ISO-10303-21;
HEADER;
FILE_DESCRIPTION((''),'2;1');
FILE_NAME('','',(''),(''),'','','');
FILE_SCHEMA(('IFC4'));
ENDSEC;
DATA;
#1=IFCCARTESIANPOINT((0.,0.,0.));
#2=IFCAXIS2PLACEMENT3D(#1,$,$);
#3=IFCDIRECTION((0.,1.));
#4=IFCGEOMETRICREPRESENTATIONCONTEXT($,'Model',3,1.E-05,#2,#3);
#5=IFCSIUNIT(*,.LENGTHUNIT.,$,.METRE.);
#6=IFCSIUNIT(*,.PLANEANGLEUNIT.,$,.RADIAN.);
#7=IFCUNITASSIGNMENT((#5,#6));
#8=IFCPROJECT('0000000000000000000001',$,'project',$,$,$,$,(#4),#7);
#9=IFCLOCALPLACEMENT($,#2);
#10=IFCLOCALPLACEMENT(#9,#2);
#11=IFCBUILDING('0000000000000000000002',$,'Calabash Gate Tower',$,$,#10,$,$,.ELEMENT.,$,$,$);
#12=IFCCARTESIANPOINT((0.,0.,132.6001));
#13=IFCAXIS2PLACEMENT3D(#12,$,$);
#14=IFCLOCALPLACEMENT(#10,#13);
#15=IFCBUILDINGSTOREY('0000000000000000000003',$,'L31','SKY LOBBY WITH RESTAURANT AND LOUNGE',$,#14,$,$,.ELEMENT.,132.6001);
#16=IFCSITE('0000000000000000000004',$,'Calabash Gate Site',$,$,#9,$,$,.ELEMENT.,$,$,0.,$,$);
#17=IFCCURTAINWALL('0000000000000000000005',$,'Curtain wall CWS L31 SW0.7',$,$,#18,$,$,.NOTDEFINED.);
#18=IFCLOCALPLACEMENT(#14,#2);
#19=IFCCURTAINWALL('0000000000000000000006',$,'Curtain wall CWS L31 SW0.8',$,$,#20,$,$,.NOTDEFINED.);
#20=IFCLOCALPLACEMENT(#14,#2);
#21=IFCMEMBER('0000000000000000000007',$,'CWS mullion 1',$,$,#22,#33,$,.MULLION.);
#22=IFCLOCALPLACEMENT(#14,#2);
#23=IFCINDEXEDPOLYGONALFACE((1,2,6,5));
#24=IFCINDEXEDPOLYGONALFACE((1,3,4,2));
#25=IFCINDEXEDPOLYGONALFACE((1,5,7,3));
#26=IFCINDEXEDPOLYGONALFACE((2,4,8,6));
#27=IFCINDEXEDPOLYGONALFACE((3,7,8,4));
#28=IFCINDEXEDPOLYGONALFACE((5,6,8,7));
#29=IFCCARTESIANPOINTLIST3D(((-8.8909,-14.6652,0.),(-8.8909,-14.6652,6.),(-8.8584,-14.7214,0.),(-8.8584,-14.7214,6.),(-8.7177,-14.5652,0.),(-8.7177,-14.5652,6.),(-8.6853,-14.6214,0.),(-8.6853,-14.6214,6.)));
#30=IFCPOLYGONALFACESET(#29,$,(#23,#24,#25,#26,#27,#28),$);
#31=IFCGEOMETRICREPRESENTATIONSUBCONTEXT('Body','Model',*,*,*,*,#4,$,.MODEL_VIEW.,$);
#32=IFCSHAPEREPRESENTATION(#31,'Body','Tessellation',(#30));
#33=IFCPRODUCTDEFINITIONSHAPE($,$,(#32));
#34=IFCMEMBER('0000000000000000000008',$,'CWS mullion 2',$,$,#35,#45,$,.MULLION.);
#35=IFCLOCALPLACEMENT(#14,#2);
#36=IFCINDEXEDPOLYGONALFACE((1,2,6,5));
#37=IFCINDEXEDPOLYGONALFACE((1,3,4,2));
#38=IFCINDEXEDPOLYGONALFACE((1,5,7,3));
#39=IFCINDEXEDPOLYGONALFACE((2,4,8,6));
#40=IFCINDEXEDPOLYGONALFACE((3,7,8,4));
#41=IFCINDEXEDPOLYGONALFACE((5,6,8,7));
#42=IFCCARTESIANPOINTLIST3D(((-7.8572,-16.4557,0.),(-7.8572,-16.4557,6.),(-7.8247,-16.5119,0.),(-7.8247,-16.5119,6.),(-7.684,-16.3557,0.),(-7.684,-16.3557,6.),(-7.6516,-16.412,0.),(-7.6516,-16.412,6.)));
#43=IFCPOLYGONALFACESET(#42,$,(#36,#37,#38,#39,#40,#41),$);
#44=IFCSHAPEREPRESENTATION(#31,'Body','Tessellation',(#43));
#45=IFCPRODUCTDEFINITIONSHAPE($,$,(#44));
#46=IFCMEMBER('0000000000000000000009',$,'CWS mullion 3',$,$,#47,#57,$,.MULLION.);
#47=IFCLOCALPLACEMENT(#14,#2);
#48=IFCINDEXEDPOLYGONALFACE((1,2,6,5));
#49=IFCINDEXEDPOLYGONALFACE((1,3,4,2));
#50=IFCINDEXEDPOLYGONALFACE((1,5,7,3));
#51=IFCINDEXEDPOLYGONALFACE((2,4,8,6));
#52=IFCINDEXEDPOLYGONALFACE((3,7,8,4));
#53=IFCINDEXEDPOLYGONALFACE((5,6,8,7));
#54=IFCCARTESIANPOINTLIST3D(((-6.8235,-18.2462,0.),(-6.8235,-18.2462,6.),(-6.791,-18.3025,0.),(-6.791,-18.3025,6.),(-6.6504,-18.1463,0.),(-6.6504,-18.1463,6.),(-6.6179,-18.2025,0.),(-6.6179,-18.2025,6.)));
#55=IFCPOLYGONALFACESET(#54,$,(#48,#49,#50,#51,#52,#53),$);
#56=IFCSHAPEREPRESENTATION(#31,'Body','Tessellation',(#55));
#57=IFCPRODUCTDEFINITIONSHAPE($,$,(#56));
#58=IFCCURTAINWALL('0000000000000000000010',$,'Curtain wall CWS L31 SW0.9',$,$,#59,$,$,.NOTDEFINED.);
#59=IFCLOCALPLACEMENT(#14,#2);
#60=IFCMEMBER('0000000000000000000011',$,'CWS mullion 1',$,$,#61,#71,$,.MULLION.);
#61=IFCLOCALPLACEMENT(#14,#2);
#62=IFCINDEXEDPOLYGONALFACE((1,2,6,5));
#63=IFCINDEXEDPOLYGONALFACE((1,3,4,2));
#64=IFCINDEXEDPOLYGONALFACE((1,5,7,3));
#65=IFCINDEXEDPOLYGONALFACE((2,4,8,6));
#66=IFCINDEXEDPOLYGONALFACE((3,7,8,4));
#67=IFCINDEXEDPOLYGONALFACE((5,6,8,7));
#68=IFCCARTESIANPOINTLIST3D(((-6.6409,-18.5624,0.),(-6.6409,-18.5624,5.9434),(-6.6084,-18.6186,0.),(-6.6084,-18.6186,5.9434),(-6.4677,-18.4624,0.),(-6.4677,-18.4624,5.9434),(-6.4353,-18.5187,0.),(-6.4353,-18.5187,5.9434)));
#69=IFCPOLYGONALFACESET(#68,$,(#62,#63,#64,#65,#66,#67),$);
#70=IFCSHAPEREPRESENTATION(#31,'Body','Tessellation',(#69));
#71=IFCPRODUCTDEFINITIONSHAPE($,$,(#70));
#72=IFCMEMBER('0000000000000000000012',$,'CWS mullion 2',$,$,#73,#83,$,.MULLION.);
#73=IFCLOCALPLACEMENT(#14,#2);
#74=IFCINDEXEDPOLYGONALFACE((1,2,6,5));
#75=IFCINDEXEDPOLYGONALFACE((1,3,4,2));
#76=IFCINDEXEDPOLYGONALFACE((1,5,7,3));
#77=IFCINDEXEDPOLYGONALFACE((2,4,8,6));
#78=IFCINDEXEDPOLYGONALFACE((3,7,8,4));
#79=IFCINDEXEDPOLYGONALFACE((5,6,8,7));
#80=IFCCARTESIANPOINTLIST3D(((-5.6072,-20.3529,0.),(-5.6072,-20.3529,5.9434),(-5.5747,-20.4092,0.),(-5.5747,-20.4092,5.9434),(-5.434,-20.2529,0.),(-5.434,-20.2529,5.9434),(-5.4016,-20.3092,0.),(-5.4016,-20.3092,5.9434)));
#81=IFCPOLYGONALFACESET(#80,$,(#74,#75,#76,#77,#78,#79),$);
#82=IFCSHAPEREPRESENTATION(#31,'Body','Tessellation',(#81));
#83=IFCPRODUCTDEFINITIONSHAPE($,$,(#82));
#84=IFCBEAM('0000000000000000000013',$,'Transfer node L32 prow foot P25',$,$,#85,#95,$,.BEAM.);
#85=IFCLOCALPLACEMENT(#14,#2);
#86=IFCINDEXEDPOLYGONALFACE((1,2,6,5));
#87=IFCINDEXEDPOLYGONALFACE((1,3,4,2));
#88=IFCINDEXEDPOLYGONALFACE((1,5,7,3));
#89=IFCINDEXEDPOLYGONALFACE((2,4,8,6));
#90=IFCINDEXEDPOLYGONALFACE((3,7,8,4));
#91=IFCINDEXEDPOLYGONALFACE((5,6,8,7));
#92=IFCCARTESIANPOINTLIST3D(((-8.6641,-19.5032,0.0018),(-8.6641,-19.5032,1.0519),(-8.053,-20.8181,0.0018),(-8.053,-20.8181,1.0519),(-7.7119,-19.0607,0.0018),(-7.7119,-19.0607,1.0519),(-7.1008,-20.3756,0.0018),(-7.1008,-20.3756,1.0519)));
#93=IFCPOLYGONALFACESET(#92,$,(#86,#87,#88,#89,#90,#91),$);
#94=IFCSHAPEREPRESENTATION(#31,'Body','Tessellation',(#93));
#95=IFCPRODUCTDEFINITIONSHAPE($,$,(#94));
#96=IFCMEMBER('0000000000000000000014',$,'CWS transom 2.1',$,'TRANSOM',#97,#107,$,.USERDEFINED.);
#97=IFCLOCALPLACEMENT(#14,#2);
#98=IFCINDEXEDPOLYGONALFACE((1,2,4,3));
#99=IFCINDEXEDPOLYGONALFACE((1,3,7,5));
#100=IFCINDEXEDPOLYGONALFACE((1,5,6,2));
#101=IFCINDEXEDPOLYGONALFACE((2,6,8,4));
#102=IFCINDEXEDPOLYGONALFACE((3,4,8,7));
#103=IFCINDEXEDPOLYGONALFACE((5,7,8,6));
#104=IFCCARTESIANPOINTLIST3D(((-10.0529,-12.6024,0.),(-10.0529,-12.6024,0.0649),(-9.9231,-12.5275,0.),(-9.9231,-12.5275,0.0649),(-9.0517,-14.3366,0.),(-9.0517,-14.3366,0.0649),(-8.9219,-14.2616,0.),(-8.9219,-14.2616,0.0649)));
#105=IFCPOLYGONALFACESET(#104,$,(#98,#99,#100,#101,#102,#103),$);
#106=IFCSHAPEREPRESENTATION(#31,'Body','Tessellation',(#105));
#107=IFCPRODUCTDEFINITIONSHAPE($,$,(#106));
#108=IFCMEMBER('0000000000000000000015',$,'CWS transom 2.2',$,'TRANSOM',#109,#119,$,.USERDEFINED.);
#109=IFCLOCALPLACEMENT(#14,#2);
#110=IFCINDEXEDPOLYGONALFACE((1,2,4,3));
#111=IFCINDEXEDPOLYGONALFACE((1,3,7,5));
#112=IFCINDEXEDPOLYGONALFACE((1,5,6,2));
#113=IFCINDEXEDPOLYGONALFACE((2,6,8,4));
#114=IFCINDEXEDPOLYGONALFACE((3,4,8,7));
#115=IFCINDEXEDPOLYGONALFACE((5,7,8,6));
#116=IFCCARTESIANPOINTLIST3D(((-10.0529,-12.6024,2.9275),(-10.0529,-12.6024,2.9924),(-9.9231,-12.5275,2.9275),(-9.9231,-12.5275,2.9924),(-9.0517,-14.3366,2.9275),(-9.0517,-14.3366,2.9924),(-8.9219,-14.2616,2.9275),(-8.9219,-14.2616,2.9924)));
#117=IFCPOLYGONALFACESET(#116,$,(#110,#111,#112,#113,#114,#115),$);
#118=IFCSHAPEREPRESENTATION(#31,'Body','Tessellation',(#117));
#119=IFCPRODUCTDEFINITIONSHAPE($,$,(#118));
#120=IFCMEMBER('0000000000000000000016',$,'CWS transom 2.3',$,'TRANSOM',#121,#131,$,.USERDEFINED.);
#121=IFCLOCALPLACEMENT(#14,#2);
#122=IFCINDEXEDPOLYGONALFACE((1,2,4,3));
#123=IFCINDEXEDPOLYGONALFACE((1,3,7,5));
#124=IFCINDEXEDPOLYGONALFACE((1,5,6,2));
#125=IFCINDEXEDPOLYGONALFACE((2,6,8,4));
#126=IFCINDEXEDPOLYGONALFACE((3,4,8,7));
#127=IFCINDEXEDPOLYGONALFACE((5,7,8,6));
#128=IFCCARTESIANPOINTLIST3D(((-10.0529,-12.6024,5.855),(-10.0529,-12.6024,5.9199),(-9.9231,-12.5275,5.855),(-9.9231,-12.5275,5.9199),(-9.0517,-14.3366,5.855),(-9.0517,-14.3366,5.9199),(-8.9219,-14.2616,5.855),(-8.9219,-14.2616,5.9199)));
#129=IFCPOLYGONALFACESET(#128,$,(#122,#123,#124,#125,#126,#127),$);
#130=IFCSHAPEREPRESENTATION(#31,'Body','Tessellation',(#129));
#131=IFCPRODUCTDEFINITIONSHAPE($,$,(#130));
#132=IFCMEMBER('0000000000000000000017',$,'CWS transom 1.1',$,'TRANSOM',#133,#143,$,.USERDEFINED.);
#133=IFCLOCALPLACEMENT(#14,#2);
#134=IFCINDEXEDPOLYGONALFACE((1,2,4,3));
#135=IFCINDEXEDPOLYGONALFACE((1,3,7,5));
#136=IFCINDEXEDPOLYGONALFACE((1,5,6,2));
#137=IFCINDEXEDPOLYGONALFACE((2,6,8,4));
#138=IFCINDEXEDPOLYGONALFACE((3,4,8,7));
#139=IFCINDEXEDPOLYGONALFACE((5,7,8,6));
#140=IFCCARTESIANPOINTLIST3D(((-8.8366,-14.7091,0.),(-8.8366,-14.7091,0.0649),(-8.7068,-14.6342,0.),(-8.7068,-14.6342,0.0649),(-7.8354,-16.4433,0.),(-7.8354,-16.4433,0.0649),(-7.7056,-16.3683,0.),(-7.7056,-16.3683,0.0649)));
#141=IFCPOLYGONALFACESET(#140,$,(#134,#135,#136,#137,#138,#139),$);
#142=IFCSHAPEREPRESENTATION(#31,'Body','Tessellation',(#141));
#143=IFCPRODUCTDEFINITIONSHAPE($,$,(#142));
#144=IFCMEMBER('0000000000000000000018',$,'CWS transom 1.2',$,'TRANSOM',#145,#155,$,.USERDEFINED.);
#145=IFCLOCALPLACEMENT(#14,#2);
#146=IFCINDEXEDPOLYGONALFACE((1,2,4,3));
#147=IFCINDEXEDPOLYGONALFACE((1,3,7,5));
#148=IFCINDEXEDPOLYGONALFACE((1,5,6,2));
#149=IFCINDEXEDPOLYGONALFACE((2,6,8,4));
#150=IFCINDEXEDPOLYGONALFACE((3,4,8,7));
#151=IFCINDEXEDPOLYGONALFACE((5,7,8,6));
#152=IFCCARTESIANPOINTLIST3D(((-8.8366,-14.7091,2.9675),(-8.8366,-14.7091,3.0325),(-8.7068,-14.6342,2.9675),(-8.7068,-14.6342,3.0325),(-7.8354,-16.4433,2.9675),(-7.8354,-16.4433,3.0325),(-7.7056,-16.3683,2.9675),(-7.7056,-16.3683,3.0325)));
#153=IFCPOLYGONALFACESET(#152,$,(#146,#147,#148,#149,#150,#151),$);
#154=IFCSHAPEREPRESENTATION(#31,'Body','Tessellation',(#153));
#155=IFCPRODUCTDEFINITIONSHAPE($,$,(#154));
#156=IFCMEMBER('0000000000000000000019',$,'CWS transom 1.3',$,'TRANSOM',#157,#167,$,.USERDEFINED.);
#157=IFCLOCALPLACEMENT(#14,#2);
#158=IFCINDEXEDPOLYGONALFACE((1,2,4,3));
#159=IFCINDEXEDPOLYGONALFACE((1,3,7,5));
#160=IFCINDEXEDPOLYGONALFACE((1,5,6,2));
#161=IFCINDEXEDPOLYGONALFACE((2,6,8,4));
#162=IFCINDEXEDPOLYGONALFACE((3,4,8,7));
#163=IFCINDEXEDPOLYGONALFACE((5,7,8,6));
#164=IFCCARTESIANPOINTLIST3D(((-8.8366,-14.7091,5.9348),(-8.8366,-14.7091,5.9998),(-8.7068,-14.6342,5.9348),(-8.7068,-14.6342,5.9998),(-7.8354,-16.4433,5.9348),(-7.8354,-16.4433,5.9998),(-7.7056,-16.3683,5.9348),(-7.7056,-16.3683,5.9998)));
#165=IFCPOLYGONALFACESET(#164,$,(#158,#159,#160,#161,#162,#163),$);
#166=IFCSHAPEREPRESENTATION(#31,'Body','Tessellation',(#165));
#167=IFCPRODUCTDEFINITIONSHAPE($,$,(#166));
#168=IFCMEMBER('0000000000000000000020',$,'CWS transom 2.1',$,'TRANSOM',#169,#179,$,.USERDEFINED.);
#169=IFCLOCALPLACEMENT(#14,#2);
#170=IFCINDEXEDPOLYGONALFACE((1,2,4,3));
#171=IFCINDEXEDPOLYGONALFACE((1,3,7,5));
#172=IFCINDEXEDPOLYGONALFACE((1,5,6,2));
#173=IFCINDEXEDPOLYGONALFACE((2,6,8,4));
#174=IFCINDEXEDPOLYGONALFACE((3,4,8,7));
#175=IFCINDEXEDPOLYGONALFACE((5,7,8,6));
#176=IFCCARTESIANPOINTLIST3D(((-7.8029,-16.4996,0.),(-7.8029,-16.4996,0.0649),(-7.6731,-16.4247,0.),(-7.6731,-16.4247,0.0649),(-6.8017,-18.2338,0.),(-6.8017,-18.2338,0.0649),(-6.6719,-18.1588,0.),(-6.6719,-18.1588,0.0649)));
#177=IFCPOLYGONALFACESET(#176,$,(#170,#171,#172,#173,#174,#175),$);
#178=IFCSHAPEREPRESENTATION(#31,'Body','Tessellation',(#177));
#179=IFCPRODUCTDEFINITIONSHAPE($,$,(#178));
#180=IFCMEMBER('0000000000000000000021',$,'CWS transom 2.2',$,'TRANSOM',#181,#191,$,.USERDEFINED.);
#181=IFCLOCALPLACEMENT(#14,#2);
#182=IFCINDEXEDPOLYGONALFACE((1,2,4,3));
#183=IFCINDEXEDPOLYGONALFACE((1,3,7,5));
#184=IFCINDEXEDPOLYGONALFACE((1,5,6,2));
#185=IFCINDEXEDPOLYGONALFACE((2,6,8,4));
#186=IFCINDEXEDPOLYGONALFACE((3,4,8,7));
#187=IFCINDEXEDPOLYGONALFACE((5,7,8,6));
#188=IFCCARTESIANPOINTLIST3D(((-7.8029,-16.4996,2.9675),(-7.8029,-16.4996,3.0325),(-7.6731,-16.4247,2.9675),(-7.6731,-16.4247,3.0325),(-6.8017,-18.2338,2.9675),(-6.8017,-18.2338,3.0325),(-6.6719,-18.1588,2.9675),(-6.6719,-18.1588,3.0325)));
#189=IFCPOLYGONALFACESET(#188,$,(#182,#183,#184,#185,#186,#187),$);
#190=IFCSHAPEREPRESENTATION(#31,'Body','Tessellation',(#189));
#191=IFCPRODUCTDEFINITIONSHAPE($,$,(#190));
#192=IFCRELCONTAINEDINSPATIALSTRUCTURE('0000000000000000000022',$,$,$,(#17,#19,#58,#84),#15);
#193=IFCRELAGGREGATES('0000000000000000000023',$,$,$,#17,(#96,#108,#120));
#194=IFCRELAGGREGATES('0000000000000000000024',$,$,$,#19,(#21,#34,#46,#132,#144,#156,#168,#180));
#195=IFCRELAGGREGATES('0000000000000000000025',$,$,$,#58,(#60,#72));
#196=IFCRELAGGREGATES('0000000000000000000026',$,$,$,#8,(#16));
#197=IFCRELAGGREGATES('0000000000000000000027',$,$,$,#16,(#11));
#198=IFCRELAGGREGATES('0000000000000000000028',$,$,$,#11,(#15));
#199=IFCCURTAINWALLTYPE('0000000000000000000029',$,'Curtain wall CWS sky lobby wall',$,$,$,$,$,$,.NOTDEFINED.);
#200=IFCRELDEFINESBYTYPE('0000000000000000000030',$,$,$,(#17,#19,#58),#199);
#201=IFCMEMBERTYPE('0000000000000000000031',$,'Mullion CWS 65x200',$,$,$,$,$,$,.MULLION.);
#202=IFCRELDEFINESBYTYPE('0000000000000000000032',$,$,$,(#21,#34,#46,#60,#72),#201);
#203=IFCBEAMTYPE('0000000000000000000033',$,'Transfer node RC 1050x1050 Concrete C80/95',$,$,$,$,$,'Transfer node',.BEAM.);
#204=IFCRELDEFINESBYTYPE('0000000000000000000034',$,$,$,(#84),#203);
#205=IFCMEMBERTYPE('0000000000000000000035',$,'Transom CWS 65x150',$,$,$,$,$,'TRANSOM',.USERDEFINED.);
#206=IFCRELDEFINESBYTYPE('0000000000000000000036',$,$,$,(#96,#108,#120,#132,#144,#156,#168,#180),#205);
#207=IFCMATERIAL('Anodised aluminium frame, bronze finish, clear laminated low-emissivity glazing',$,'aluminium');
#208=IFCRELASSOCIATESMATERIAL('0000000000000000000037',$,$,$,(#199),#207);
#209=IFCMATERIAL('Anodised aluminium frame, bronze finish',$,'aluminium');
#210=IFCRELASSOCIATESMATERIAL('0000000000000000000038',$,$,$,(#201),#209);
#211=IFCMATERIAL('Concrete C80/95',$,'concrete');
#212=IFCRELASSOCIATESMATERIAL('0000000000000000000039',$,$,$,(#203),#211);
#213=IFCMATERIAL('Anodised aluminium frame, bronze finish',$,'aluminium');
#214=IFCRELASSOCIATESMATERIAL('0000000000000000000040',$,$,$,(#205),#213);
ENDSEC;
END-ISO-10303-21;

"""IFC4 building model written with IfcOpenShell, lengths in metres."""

from ifc_helpers import new_model, si_unit, direction, frame, origin, origin_2d, place, context, subcontext, project, spatial, rectangle, extrude, material, material_profile, profile_set, type_object, element, aggregate, save


model = new_model("IFC4")

# Units and contexts
model_context = context("Model", 3, precision=1e-05, world=origin(), true_north=direction((0.0, 1.0)))
body_context = subcontext(model_context, "Body", "Model", "MODEL_VIEW")
ifc_project = project(units=[si_unit("LENGTHUNIT", "METRE"), si_unit("PLANEANGLEUNIT", "RADIAN")], contexts=[model_context])

# Site, building, storey
site_placement = place(None, origin())
site = spatial("IfcSite", under=ifc_project, at=site_placement, Name="Calabash Gate Site", CompositionType="ELEMENT", RefElevation=0.0)
building_placement = place(site_placement, origin())
building = spatial("IfcBuilding", under=site, at=building_placement, Name="Calabash Gate Tower", CompositionType="ELEMENT")
storey_placement = place(building_placement, frame((0.0, 0.0, 132.6001)))
storey = spatial("IfcBuildingStorey", under=building, at=storey_placement, Name="L31", Description="SKY LOBBY WITH RESTAURANT AND LOUNGE", CompositionType="ELEMENT", Elevation=132.6001)

# Curtain walls, members
ifc_material_1 = material(Name="Anodised aluminium frame, bronze finish, clear laminated low-emissivity glazing", Category="aluminium")
curtain_wall_type = type_object("IfcCurtainWallType", Name="Curtain wall CWS sky lobby wall", PredefinedType="NOTDEFINED", material=ifc_material_1)
curtain_wall_1_placement = place(storey_placement, origin())
curtain_wall_1 = element("IfcCurtainWall", 1, at=curtain_wall_1_placement, inside=storey, type_object=curtain_wall_type, Name="Curtain wall CWS L31 SW0.7", PredefinedType="NOTDEFINED")
ifc_material_2 = material(Name="Anodised aluminium frame, bronze finish", Category="aluminium")
ifc_material_profile_1 = material_profile(ifc_material_2, rectangle(XDim=0.2, YDim=0.0649, at=origin_2d()))
ifc_profile_set_1 = profile_set([ifc_material_profile_1], Name="Anodised aluminium frame, bronze finish")
member_type_1 = type_object("IfcMemberType", Name="Mullion CWS 65x200", PredefinedType="MULLION", material=ifc_profile_set_1)
curtain_wall_2_placement = place(storey_placement, origin())
curtain_wall_2 = element("IfcCurtainWall", 2, at=curtain_wall_2_placement, inside=storey, type_object=curtain_wall_type, Name="Curtain wall CWS L31 SW0.8", PredefinedType="NOTDEFINED")
member_1_placement = place(storey_placement, frame((-8.7881, -14.6433, 0.0), z_axis=(0.0, 0.0, 1.0), x_axis=(0.866025, 0.5, 0.0)))
member_1 = element("IfcMember", 3, at=member_1_placement, type_object=member_type_1, Name="CWS mullion 1", PredefinedType="MULLION", context=body_context, shape_type="SweptSolid", body=[
    extrude(rectangle(XDim=0.2, YDim=0.0649, at=origin_2d()), origin(), (0.0, 0.0, 1.0), 6.0),
])
member_2_placement = place(storey_placement, frame((-7.7544, -16.4338, 0.0), z_axis=(0.0, 0.0, 1.0), x_axis=(0.866025, 0.5, 0.0)))
member_2 = element("IfcMember", 4, at=member_2_placement, type_object=member_type_1, Name="CWS mullion 2", PredefinedType="MULLION", context=body_context, shape_type="SweptSolid", body=[
    extrude(rectangle(XDim=0.2, YDim=0.0649, at=origin_2d()), origin(), (0.0, 0.0, 1.0), 6.0),
])
member_3_placement = place(storey_placement, frame((-6.7207, -18.2244, 0.0), z_axis=(0.0, 0.0, 1.0), x_axis=(0.866025, 0.5, 0.0)))
member_3 = element("IfcMember", 5, at=member_3_placement, type_object=member_type_1, Name="CWS mullion 3", PredefinedType="MULLION", context=body_context, shape_type="SweptSolid", body=[
    extrude(rectangle(XDim=0.2, YDim=0.0649, at=origin_2d()), origin(), (0.0, 0.0, 1.0), 6.0),
])
curtain_wall_3_placement = place(storey_placement, origin())
curtain_wall_3 = element("IfcCurtainWall", 6, at=curtain_wall_3_placement, inside=storey, type_object=curtain_wall_type, Name="Curtain wall CWS L31 SW0.9", PredefinedType="NOTDEFINED")
member_4_placement = place(storey_placement, frame((-6.5381, -18.5405, 0.0), z_axis=(0.0, 0.0, 1.0), x_axis=(0.866025, 0.5, 0.0)))
member_4 = element("IfcMember", 7, at=member_4_placement, type_object=member_type_1, Name="CWS mullion 1", PredefinedType="MULLION", context=body_context, shape_type="SweptSolid", body=[
    extrude(rectangle(XDim=0.2, YDim=0.0649, at=origin_2d()), origin(), (0.0, 0.0, 1.0), 5.9434),
])
member_5_placement = place(storey_placement, frame((-5.5044, -20.3311, 0.0), z_axis=(0.0, 0.0, 1.0), x_axis=(0.866025, 0.5, 0.0)))
member_5 = element("IfcMember", 8, at=member_5_placement, type_object=member_type_1, Name="CWS mullion 2", PredefinedType="MULLION", context=body_context, shape_type="SweptSolid", body=[
    extrude(rectangle(XDim=0.2, YDim=0.0649, at=origin_2d()), origin(), (0.0, 0.0, 1.0), 5.9434),
])

# Beam
ifc_material_3 = material(Name="Concrete C80/95", Category="concrete")
ifc_material_profile_2 = material_profile(ifc_material_3, rectangle(XDim=1.05, YDim=1.05, at=origin_2d()))
ifc_profile_set_2 = profile_set([ifc_material_profile_2], Name="Concrete C80/95")
beam_type_1 = type_object("IfcBeamType", Name="Transfer node RC 1050x1050 Concrete C80/95", ElementType="Transfer node", PredefinedType="BEAM", material=ifc_profile_set_2)
beam_1_placement = place(storey_placement, frame((-8.188, -19.282, 0.5269), z_axis=(0.421438, -0.906857, 0.0), x_axis=(0.906857, 0.421438, 0.0)))
element("IfcBeam", 9, at=beam_1_placement, inside=storey, type_object=beam_type_1, Name="Transfer node L32 prow foot P25", PredefinedType="BEAM", context=body_context, shape_type="SweptSolid", body=[
    extrude(rectangle(XDim=1.05, YDim=1.05, at=origin_2d()), origin(), (0.0, 0.0, 1.0), 1.45),
])

# Members
ifc_material_4 = material(Name="Anodised aluminium frame, bronze finish", Category="aluminium")
ifc_material_profile_3 = material_profile(ifc_material_4, rectangle(XDim=0.1499, YDim=0.0649, at=origin_2d()))
ifc_profile_set_3 = profile_set([ifc_material_profile_3], Name="Anodised aluminium frame, bronze finish")
member_type_2 = type_object("IfcMemberType", Name="Transom CWS 65x150", ElementType="TRANSOM", PredefinedType="USERDEFINED", material=ifc_profile_set_3)
member_6_placement = place(storey_placement, frame((-9.988, -12.5649, 0.0325), z_axis=(0.500007, -0.866021, 0.0), x_axis=(0.866021, 0.500007, 0.0)))
member_6 = element("IfcMember", 10, at=member_6_placement, type_object=member_type_2, Name="CWS transom 2.1", ObjectType="TRANSOM", PredefinedType="USERDEFINED", context=body_context, shape_type="SweptSolid", body=[
    extrude(rectangle(XDim=0.1499, YDim=0.0649, at=origin_2d()), origin(), (0.0, 0.0, 1.0), 2.0024),
])
member_7_placement = place(storey_placement, frame((-9.988, -12.5649, 2.96), z_axis=(0.500007, -0.866021, 0.0), x_axis=(0.866021, 0.500007, 0.0)))
member_7 = element("IfcMember", 11, at=member_7_placement, type_object=member_type_2, Name="CWS transom 2.2", ObjectType="TRANSOM", PredefinedType="USERDEFINED", context=body_context, shape_type="SweptSolid", body=[
    extrude(rectangle(XDim=0.1499, YDim=0.0649, at=origin_2d()), origin(), (0.0, 0.0, 1.0), 2.0024),
])
member_8_placement = place(storey_placement, frame((-9.988, -12.5649, 5.8875), z_axis=(0.500007, -0.866021, 0.0), x_axis=(0.866021, 0.500007, 0.0)))
member_8 = element("IfcMember", 12, at=member_8_placement, type_object=member_type_2, Name="CWS transom 2.3", ObjectType="TRANSOM", PredefinedType="USERDEFINED", context=body_context, shape_type="SweptSolid", body=[
    extrude(rectangle(XDim=0.1499, YDim=0.0649, at=origin_2d()), origin(), (0.0, 0.0, 1.0), 2.0024),
])
member_9_placement = place(storey_placement, frame((-8.7717, -14.6716, 0.0325), z_axis=(0.500007, -0.866021, 0.0), x_axis=(0.866021, 0.500007, 0.0)))
member_9 = element("IfcMember", 13, at=member_9_placement, type_object=member_type_2, Name="CWS transom 1.1", ObjectType="TRANSOM", PredefinedType="USERDEFINED", context=body_context, shape_type="SweptSolid", body=[
    extrude(rectangle(XDim=0.1499, YDim=0.0649, at=origin_2d()), origin(), (0.0, 0.0, 1.0), 2.0024),
])
member_10_placement = place(storey_placement, frame((-8.7717, -14.6716, 3.0), z_axis=(0.500007, -0.866021, 0.0), x_axis=(0.866021, 0.500007, 0.0)))
member_10 = element("IfcMember", 14, at=member_10_placement, type_object=member_type_2, Name="CWS transom 1.2", ObjectType="TRANSOM", PredefinedType="USERDEFINED", context=body_context, shape_type="SweptSolid", body=[
    extrude(rectangle(XDim=0.1499, YDim=0.0649, at=origin_2d()), origin(), (0.0, 0.0, 1.0), 2.0024),
])
member_11_placement = place(storey_placement, frame((-8.7717, -14.6716, 5.9673), z_axis=(0.500007, -0.866021, 0.0), x_axis=(0.866021, 0.500007, 0.0)))
member_11 = element("IfcMember", 15, at=member_11_placement, type_object=member_type_2, Name="CWS transom 1.3", ObjectType="TRANSOM", PredefinedType="USERDEFINED", context=body_context, shape_type="SweptSolid", body=[
    extrude(rectangle(XDim=0.1499, YDim=0.0649, at=origin_2d()), origin(), (0.0, 0.0, 1.0), 2.0024),
])
member_12_placement = place(storey_placement, frame((-7.738, -16.4622, 0.0325), z_axis=(0.500007, -0.866021, 0.0), x_axis=(0.866021, 0.500007, 0.0)))
member_12 = element("IfcMember", 16, at=member_12_placement, type_object=member_type_2, Name="CWS transom 2.1", ObjectType="TRANSOM", PredefinedType="USERDEFINED", context=body_context, shape_type="SweptSolid", body=[
    extrude(rectangle(XDim=0.1499, YDim=0.0649, at=origin_2d()), origin(), (0.0, 0.0, 1.0), 2.0024),
])
member_13_placement = place(storey_placement, frame((-7.738, -16.4622, 3.0), z_axis=(0.500007, -0.866021, 0.0), x_axis=(0.866021, 0.500007, 0.0)))
member_13 = element("IfcMember", 17, at=member_13_placement, type_object=member_type_2, Name="CWS transom 2.2", ObjectType="TRANSOM", PredefinedType="USERDEFINED", context=body_context, shape_type="SweptSolid", body=[
    extrude(rectangle(XDim=0.1499, YDim=0.0649, at=origin_2d()), origin(), (0.0, 0.0, 1.0), 2.0024),
])

aggregate(curtain_wall_1, [member_6, member_7, member_8])
aggregate(curtain_wall_2, [member_1, member_2, member_3, member_9, member_10, member_11, member_12, member_13])
aggregate(curtain_wall_3, [member_4, member_5])

save(model, "model.ifc")
